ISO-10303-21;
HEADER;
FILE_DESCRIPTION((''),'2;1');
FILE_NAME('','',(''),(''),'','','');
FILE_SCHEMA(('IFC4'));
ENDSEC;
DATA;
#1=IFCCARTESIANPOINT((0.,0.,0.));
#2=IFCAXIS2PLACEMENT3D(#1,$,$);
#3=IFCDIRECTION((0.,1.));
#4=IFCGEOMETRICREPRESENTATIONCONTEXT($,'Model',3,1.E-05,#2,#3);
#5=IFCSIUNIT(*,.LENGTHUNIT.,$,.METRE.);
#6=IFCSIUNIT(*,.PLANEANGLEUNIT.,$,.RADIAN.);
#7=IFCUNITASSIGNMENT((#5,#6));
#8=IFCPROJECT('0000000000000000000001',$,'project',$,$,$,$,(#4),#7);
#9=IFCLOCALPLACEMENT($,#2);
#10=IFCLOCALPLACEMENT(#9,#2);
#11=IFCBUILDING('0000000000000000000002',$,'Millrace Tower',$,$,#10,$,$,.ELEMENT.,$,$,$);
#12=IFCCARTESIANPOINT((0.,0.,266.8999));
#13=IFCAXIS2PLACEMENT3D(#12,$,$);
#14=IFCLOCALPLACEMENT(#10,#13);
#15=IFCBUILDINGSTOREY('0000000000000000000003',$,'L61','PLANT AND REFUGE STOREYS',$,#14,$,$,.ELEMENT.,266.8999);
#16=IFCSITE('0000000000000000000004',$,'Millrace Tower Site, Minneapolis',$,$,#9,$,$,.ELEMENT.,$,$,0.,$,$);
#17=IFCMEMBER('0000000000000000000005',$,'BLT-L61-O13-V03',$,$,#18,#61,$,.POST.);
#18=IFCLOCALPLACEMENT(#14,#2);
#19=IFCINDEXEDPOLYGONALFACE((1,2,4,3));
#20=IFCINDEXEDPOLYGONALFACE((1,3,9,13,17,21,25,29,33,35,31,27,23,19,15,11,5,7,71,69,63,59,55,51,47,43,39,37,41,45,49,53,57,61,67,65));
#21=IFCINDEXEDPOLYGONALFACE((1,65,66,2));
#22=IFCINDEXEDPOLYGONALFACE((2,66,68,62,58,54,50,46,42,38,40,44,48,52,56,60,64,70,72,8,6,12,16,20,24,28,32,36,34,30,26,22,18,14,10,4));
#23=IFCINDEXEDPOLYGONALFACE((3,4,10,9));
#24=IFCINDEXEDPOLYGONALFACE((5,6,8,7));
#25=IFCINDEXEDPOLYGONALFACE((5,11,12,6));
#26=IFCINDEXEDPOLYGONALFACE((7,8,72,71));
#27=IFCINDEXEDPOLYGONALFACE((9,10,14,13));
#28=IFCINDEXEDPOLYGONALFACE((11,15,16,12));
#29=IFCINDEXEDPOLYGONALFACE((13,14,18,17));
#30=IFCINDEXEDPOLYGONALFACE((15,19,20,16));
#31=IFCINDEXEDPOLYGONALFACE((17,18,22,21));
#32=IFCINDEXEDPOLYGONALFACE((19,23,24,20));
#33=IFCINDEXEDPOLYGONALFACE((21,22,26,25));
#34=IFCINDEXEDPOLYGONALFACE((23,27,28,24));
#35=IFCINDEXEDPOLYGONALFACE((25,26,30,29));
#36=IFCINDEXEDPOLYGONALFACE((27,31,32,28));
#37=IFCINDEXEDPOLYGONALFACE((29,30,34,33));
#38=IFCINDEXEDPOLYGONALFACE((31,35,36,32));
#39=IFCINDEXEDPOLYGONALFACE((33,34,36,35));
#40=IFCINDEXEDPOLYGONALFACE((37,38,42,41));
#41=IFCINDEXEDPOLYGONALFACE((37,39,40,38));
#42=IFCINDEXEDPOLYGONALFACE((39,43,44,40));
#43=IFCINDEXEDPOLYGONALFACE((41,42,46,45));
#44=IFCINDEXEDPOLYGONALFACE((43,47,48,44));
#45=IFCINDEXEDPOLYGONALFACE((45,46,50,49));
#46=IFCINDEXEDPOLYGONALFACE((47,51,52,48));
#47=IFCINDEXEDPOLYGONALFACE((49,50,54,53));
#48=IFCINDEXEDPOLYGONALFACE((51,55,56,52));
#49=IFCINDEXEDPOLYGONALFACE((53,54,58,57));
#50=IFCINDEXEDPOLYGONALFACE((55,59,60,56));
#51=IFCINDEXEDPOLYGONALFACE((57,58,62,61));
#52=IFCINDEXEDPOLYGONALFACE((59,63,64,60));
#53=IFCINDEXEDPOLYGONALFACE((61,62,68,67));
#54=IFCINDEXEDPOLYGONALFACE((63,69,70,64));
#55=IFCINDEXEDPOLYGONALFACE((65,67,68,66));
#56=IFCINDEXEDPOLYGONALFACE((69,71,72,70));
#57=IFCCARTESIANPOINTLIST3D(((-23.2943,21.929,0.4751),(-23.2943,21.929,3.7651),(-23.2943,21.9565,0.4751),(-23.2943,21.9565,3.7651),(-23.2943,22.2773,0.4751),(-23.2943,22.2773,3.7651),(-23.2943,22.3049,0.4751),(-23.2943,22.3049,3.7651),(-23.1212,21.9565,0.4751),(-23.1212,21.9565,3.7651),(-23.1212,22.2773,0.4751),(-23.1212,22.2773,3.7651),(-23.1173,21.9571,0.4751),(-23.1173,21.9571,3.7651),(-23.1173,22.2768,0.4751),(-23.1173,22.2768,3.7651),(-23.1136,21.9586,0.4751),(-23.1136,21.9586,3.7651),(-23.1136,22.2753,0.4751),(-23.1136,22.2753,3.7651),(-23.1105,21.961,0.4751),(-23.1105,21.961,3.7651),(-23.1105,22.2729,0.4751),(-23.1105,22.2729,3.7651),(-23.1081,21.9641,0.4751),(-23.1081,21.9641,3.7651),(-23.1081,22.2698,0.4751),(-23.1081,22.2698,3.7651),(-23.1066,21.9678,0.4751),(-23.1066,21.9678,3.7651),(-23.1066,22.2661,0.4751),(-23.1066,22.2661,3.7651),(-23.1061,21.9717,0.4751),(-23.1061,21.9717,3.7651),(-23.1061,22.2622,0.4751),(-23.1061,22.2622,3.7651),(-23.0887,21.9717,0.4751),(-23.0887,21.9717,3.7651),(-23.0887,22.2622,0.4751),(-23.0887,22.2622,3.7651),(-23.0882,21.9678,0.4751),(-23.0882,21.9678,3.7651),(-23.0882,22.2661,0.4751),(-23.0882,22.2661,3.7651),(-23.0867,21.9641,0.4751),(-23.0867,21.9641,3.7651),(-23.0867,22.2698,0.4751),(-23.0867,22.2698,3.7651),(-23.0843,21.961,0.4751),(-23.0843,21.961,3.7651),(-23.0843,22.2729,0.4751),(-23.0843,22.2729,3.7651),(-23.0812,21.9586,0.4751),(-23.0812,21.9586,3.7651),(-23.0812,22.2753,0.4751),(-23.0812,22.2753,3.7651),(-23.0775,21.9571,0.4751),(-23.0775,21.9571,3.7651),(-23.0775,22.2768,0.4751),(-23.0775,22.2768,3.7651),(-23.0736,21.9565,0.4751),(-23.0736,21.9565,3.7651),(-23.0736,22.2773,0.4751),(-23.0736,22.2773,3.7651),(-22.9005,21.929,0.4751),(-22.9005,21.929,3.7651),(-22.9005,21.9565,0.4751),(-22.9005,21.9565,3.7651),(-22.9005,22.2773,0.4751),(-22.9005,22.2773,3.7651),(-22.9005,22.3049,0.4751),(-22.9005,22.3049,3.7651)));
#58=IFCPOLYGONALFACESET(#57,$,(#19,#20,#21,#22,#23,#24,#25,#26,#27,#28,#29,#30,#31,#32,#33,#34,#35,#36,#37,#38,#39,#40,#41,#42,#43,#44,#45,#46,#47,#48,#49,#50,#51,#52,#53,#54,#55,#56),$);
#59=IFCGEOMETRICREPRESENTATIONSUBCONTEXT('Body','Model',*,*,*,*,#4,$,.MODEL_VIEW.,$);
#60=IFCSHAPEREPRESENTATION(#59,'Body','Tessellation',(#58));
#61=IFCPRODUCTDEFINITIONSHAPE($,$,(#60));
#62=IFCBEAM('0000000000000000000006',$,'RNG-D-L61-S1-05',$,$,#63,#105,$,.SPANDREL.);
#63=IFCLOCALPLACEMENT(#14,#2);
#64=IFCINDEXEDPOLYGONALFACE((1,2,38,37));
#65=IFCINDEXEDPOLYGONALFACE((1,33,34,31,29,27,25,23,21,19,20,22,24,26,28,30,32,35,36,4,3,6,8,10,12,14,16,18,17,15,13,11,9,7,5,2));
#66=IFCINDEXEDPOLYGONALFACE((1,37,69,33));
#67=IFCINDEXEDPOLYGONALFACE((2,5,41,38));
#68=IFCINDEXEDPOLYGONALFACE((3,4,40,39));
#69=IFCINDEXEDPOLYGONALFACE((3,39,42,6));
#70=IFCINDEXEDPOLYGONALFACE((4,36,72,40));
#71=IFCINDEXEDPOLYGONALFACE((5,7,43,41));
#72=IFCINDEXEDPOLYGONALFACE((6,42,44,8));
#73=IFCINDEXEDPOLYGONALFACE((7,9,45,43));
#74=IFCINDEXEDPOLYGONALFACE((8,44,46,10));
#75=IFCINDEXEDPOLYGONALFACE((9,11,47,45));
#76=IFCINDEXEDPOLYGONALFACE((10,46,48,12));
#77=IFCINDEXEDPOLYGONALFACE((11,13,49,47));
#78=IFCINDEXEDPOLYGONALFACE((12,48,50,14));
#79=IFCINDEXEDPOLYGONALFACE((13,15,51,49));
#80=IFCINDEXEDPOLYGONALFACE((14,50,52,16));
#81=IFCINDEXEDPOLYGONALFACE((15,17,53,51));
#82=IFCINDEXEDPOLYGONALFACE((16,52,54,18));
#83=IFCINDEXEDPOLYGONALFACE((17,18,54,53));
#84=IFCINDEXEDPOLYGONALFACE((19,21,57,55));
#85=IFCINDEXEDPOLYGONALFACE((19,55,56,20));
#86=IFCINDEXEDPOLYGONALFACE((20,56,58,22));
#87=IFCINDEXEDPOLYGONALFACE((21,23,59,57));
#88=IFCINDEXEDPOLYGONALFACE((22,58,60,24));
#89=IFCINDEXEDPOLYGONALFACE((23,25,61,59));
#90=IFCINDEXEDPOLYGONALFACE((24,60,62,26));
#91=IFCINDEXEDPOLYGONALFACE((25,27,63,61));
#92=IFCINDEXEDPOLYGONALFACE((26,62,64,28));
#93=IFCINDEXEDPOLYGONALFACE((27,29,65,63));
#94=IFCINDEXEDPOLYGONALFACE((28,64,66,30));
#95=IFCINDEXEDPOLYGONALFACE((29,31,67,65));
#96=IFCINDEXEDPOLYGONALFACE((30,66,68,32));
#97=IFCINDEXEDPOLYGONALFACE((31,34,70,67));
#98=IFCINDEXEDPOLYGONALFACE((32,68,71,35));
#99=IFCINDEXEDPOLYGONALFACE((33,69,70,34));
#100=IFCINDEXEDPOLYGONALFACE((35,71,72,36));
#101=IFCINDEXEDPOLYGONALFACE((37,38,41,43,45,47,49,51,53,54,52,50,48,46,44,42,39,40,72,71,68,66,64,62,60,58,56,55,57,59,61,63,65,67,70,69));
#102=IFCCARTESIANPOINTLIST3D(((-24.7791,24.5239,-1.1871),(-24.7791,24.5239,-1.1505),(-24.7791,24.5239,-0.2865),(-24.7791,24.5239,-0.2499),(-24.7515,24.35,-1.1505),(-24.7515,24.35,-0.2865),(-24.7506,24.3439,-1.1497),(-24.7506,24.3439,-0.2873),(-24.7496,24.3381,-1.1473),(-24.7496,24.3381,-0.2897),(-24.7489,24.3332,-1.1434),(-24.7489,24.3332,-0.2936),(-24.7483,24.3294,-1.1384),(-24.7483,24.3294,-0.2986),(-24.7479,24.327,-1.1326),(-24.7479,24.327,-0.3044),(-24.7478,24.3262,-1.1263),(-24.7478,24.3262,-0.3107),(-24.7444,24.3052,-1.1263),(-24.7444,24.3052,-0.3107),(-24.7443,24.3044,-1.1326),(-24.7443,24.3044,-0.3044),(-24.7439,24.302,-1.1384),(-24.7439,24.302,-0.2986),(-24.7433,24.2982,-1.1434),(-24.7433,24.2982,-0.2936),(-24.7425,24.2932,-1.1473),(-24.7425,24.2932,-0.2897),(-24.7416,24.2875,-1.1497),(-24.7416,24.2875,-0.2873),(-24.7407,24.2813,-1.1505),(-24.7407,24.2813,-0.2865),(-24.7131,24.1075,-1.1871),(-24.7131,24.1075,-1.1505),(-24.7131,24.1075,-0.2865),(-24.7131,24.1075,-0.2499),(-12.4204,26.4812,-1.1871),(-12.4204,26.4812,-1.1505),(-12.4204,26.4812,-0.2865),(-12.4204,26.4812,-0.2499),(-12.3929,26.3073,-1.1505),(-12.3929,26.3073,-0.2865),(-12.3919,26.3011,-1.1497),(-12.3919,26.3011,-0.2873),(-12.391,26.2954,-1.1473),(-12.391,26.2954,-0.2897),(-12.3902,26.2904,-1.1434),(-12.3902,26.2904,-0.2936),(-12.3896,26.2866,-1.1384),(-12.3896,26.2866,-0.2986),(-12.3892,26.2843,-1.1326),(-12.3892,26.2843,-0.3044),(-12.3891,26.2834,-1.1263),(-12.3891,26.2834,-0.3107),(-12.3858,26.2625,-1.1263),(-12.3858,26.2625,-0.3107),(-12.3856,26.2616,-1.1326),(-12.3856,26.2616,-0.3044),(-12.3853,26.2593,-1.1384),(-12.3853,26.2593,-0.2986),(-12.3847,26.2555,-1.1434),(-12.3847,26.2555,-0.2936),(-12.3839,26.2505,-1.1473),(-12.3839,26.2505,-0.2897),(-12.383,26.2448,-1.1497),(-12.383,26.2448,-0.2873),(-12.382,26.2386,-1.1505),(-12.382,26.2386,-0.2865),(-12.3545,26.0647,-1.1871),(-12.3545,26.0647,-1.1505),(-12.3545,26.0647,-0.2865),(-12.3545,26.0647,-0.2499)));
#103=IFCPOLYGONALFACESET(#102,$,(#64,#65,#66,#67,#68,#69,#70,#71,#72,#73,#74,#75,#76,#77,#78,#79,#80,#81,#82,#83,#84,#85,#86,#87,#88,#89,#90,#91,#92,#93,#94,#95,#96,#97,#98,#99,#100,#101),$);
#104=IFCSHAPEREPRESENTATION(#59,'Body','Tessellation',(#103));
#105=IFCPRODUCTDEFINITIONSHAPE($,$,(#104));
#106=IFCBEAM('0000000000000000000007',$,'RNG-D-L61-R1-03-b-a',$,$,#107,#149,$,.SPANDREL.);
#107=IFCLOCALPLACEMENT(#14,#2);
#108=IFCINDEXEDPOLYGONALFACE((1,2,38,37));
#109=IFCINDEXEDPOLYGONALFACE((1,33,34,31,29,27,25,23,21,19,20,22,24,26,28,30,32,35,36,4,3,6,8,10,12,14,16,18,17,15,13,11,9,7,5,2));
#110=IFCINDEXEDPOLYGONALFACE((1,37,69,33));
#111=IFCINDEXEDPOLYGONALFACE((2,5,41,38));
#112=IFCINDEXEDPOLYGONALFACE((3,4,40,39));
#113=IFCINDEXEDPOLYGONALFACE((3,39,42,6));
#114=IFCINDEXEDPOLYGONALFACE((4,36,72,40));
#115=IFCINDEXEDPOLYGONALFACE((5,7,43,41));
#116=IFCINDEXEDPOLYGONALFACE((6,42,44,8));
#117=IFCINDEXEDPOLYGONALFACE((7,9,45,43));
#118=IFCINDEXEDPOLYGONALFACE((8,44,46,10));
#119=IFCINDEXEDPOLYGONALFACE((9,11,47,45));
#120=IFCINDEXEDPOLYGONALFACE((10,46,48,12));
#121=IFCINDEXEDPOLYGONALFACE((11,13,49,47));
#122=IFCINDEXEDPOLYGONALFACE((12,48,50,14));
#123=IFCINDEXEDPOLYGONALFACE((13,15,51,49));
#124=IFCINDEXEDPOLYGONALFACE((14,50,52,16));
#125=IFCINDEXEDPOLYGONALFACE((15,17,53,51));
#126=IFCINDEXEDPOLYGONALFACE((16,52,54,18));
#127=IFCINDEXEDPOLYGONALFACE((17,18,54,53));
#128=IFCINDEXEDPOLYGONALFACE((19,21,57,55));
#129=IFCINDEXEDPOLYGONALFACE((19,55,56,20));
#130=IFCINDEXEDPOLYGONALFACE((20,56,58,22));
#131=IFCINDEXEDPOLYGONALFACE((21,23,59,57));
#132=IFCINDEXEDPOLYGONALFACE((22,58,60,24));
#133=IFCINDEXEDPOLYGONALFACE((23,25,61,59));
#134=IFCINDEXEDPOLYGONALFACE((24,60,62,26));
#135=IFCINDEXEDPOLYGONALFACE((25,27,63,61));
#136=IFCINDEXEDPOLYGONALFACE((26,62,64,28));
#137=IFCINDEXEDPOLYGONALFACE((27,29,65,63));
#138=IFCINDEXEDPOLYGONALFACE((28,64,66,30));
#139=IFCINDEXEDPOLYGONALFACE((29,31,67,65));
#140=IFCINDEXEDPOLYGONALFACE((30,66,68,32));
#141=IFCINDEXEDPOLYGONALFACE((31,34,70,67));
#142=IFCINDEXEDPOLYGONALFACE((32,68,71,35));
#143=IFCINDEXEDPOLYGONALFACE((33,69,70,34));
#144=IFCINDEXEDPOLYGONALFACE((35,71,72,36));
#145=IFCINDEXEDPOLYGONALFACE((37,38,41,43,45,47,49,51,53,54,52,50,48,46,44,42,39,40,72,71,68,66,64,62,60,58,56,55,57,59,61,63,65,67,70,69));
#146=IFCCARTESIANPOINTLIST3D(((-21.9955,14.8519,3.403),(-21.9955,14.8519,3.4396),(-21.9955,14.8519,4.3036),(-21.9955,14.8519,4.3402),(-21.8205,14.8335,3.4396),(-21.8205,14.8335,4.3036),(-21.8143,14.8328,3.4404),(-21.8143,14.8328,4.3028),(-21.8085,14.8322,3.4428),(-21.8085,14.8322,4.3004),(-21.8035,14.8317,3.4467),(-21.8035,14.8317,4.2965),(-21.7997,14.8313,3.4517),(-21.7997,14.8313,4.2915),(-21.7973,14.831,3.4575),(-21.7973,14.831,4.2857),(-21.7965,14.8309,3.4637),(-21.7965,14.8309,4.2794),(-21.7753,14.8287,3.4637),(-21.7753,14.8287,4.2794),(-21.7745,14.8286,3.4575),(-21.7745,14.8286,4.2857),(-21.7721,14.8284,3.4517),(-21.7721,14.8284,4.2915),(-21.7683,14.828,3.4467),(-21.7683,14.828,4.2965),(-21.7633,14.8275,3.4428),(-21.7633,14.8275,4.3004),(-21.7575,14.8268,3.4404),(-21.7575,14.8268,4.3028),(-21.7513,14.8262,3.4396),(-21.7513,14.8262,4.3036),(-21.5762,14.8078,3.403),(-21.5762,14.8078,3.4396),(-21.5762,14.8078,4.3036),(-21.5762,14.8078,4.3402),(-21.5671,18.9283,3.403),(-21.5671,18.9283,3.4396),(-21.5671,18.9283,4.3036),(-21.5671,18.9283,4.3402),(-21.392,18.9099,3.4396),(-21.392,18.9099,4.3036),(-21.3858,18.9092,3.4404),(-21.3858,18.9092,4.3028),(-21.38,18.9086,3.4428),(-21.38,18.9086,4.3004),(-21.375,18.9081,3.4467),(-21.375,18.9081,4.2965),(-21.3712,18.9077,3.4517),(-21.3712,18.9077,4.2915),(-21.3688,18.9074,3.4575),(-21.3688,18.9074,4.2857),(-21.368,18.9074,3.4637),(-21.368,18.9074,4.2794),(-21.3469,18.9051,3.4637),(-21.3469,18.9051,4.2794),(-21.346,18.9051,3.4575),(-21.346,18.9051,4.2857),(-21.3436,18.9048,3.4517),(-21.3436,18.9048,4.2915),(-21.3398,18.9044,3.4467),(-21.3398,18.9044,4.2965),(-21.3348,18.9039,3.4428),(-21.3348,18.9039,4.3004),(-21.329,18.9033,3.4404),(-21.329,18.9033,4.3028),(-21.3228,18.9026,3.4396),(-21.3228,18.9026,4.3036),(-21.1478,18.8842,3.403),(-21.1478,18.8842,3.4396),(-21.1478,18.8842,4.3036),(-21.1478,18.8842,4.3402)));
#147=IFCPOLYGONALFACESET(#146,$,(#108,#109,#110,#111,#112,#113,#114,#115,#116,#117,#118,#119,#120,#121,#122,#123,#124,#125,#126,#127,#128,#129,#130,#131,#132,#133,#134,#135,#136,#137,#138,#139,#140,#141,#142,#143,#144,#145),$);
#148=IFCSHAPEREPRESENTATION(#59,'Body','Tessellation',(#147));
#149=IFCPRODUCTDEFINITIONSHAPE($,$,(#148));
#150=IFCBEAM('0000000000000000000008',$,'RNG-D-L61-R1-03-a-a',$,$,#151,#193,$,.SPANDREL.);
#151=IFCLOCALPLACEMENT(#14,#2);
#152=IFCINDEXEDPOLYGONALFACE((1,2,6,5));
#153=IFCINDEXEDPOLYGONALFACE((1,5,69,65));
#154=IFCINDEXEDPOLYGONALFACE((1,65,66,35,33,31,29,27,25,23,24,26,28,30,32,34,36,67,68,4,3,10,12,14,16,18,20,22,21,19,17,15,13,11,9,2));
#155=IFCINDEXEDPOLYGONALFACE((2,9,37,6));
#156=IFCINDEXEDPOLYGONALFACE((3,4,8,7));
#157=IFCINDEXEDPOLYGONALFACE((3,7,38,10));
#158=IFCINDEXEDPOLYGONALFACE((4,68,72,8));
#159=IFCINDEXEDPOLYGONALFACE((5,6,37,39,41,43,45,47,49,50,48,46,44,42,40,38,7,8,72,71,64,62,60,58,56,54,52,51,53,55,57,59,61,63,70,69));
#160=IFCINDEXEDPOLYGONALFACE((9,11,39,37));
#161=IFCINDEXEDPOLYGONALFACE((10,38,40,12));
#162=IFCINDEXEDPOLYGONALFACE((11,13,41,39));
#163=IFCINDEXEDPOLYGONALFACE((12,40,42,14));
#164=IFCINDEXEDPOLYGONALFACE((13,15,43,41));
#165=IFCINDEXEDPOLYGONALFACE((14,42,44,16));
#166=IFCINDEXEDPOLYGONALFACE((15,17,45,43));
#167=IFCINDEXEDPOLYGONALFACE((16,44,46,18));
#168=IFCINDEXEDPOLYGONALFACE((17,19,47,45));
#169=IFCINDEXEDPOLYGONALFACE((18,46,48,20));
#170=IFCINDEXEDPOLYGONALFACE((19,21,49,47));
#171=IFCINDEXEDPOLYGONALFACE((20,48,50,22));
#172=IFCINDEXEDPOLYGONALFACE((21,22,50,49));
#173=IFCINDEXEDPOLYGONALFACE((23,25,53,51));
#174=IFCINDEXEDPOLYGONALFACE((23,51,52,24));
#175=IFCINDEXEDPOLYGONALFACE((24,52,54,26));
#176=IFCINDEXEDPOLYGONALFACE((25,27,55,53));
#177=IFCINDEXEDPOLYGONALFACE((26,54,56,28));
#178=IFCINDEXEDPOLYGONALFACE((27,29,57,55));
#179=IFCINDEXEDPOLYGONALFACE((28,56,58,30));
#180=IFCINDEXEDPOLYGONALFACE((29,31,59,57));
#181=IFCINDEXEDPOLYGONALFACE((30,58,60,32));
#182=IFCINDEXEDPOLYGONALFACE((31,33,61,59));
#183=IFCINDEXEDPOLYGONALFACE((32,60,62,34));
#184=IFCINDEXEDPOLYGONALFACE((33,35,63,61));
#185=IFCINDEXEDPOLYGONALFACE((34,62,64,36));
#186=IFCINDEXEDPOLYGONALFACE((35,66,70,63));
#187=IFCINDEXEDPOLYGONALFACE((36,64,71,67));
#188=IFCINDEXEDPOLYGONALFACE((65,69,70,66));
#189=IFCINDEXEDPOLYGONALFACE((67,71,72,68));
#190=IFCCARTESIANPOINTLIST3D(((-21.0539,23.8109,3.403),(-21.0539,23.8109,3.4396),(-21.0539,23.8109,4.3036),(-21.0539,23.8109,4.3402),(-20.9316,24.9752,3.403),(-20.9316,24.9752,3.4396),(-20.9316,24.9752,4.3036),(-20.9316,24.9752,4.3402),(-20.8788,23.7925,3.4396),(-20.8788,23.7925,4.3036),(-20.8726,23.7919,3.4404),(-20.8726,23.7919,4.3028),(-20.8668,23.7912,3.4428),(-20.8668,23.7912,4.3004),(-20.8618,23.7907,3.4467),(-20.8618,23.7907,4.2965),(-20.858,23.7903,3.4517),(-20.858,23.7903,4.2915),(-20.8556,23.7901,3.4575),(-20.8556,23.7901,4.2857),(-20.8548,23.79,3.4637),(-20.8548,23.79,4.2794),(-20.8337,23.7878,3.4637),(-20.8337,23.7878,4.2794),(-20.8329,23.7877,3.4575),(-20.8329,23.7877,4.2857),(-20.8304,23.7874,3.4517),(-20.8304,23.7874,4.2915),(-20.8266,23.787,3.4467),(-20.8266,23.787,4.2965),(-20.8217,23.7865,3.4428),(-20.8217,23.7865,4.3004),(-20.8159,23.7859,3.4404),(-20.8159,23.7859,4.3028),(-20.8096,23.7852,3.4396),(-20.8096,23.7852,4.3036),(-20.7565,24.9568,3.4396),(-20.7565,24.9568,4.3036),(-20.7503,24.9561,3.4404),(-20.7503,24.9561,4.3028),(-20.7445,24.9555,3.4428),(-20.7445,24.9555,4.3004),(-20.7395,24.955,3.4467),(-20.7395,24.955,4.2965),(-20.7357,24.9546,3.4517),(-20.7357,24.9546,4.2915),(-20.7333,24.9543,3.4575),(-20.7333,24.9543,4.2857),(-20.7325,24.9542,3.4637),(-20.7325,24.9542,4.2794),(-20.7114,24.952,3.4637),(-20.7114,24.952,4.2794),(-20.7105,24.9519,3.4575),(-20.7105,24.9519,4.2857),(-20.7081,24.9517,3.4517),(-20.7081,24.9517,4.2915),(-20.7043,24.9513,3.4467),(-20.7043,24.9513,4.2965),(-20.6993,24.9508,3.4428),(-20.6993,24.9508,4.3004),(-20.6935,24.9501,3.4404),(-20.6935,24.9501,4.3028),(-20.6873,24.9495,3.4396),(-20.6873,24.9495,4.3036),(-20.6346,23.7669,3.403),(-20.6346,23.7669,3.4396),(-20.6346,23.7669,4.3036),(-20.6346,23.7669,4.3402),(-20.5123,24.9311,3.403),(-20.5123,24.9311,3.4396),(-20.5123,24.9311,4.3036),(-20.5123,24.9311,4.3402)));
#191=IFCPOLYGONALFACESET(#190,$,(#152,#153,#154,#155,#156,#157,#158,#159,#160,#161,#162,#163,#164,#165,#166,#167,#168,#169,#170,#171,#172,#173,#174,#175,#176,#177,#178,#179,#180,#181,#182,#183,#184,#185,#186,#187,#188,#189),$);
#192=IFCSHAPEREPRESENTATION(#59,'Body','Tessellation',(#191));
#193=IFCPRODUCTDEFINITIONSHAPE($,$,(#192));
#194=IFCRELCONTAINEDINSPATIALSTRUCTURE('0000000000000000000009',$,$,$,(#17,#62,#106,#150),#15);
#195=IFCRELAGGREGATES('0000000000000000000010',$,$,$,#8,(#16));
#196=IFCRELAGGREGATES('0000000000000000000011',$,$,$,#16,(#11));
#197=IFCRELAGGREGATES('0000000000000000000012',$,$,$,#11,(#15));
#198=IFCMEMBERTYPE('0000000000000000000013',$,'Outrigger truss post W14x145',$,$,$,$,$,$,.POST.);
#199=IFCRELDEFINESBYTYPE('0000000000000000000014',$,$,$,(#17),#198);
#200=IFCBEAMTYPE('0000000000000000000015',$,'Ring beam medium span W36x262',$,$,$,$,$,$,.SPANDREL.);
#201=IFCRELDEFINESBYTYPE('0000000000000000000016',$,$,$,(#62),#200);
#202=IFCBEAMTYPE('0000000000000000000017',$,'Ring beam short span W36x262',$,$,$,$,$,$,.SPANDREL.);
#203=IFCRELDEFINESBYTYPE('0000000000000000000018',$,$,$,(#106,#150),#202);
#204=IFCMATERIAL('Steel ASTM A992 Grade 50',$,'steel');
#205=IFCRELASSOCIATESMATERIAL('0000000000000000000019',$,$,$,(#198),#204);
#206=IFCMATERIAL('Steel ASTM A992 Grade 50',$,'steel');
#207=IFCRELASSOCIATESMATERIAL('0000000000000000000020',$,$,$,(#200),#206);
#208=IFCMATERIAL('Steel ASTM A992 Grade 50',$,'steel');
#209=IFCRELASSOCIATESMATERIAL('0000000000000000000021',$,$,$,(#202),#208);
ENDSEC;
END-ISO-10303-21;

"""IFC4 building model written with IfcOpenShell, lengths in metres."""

from ifc_helpers import new_model, si_unit, direction, frame, origin, origin_2d, place, context, subcontext, project, spatial, i_section, extrude, material, material_profile, profile_set, type_object, element, save


model = new_model("IFC4")

# Units and contexts
model_context = context("Model", 3, precision=1e-05, world=origin(), true_north=direction((0.0, 1.0)))
body_context = subcontext(model_context, "Body", "Model", "MODEL_VIEW")
ifc_project = project(units=[si_unit("LENGTHUNIT", "METRE"), si_unit("PLANEANGLEUNIT", "RADIAN")], contexts=[model_context])

# Site, building, storey
site_placement = place(None, origin())
site = spatial("IfcSite", under=ifc_project, at=site_placement, Name="Millrace Tower Site, Minneapolis", CompositionType="ELEMENT", RefElevation=0.0)
building_placement = place(site_placement, origin())
building = spatial("IfcBuilding", under=site, at=building_placement, Name="Millrace Tower", CompositionType="ELEMENT")
storey_placement = place(building_placement, frame((0.0, 0.0, 266.8999)))
storey = spatial("IfcBuildingStorey", under=building, at=storey_placement, Name="L61", Description="PLANT AND REFUGE STOREYS", CompositionType="ELEMENT", Elevation=266.8999)

# Member
ifc_material_1 = material(Name="Steel ASTM A992 Grade 50", Category="steel")
ifc_material_profile_1 = material_profile(ifc_material_1, i_section(OverallWidth=0.3938, OverallDepth=0.376, WebThickness=0.0173, FlangeThickness=0.0276, FilletRadius=0.0151, at=origin_2d()))
ifc_profile_set_1 = profile_set([ifc_material_profile_1], Name="Steel ASTM A992 Grade 50")
member_type_1 = type_object("IfcMemberType", Name="Outrigger truss post W14x145", PredefinedType="POST", material=ifc_profile_set_1)
for number, where, z_axis, x_axis, name in (
    (1, (-23.0974, 22.1169, 0.4751), (0.0, 0.0, 1.0), (1.0, 0.0, 0.0), "BLT-L61-O13-V03"),
):
    element("IfcMember", number, at=place(storey_placement, frame(where, z_axis=z_axis, x_axis=x_axis)), inside=storey, type_object=member_type_1, Name=name, PredefinedType="POST", context=body_context, shape_type="SweptSolid", body=[
        extrude(i_section(OverallWidth=0.3938, OverallDepth=0.376, WebThickness=0.0173, FlangeThickness=0.0276, FilletRadius=0.0151, at=origin_2d()), origin(), (0.0, 0.0, 1.0), 3.29),
    ])

# Beams
ifc_material_2 = material(Name="Steel ASTM A992 Grade 50", Category="steel")
ifc_material_profile_2 = material_profile(ifc_material_2, i_section(OverallWidth=0.4216, OverallDepth=0.9373, WebThickness=0.0212, FlangeThickness=0.0366, FilletRadius=0.0242, at=origin_2d()))
ifc_profile_set_2 = profile_set([ifc_material_profile_2], Name="Steel ASTM A992 Grade 50")
beam_type_1 = type_object("IfcBeamType", Name="Ring beam medium span W36x262", PredefinedType="SPANDREL", material=ifc_profile_set_2)
beam_1_placement = place(storey_placement, frame((-24.7461, 24.3157, -0.7185), z_axis=(0.98769, 0.156423, 0.0), x_axis=(-0.156423, 0.98769, 0.0)))
element("IfcBeam", 2, at=beam_1_placement, inside=storey, type_object=beam_type_1, Name="RNG-D-L61-S1-05", PredefinedType="SPANDREL", context=body_context, shape_type="SweptSolid", body=[
    extrude(i_section(OverallWidth=0.4216, OverallDepth=0.9373, WebThickness=0.0212, FlangeThickness=0.0366, FilletRadius=0.0242, at=origin_2d()), origin(), (0.0, 0.0, 1.0), 12.5127),
])
ifc_material_3 = material(Name="Steel ASTM A992 Grade 50", Category="steel")
ifc_material_profile_3 = material_profile(ifc_material_3, i_section(OverallWidth=0.4216, OverallDepth=0.9373, WebThickness=0.0212, FlangeThickness=0.0366, FilletRadius=0.0242, at=origin_2d()))
ifc_profile_set_3 = profile_set([ifc_material_profile_3], Name="Steel ASTM A992 Grade 50")
beam_type_2 = type_object("IfcBeamType", Name="Ring beam short span W36x262", PredefinedType="SPANDREL", material=ifc_profile_set_3)
beam_2_placement = place(storey_placement, frame((-21.3574, 18.9062, 3.8716), z_axis=(-0.104533, -0.994521, 0.0), x_axis=(0.994521, -0.104533, 0.0)))
element("IfcBeam", 3, at=beam_2_placement, inside=storey, type_object=beam_type_2, Name="RNG-D-L61-R1-03-b-a", PredefinedType="SPANDREL", context=body_context, shape_type="SweptSolid", body=[
    extrude(i_section(OverallWidth=0.4216, OverallDepth=0.9373, WebThickness=0.0212, FlangeThickness=0.0366, FilletRadius=0.0242, at=origin_2d()), origin(), (0.0, 0.0, 1.0), 4.0989),
])
beam_3_placement = place(storey_placement, frame((-20.7219, 24.9531, 3.8716), z_axis=(-0.104479, -0.994527, 0.0), x_axis=(0.994527, -0.104479, 0.0)))
element("IfcBeam", 4, at=beam_3_placement, inside=storey, type_object=beam_type_2, Name="RNG-D-L61-R1-03-a-a", PredefinedType="SPANDREL", context=body_context, shape_type="SweptSolid", body=[
    extrude(i_section(OverallWidth=0.4216, OverallDepth=0.9373, WebThickness=0.0212, FlangeThickness=0.0366, FilletRadius=0.0242, at=origin_2d()), origin(), (0.0, 0.0, 1.0), 1.1707),
])

save(model, "model.ifc")
